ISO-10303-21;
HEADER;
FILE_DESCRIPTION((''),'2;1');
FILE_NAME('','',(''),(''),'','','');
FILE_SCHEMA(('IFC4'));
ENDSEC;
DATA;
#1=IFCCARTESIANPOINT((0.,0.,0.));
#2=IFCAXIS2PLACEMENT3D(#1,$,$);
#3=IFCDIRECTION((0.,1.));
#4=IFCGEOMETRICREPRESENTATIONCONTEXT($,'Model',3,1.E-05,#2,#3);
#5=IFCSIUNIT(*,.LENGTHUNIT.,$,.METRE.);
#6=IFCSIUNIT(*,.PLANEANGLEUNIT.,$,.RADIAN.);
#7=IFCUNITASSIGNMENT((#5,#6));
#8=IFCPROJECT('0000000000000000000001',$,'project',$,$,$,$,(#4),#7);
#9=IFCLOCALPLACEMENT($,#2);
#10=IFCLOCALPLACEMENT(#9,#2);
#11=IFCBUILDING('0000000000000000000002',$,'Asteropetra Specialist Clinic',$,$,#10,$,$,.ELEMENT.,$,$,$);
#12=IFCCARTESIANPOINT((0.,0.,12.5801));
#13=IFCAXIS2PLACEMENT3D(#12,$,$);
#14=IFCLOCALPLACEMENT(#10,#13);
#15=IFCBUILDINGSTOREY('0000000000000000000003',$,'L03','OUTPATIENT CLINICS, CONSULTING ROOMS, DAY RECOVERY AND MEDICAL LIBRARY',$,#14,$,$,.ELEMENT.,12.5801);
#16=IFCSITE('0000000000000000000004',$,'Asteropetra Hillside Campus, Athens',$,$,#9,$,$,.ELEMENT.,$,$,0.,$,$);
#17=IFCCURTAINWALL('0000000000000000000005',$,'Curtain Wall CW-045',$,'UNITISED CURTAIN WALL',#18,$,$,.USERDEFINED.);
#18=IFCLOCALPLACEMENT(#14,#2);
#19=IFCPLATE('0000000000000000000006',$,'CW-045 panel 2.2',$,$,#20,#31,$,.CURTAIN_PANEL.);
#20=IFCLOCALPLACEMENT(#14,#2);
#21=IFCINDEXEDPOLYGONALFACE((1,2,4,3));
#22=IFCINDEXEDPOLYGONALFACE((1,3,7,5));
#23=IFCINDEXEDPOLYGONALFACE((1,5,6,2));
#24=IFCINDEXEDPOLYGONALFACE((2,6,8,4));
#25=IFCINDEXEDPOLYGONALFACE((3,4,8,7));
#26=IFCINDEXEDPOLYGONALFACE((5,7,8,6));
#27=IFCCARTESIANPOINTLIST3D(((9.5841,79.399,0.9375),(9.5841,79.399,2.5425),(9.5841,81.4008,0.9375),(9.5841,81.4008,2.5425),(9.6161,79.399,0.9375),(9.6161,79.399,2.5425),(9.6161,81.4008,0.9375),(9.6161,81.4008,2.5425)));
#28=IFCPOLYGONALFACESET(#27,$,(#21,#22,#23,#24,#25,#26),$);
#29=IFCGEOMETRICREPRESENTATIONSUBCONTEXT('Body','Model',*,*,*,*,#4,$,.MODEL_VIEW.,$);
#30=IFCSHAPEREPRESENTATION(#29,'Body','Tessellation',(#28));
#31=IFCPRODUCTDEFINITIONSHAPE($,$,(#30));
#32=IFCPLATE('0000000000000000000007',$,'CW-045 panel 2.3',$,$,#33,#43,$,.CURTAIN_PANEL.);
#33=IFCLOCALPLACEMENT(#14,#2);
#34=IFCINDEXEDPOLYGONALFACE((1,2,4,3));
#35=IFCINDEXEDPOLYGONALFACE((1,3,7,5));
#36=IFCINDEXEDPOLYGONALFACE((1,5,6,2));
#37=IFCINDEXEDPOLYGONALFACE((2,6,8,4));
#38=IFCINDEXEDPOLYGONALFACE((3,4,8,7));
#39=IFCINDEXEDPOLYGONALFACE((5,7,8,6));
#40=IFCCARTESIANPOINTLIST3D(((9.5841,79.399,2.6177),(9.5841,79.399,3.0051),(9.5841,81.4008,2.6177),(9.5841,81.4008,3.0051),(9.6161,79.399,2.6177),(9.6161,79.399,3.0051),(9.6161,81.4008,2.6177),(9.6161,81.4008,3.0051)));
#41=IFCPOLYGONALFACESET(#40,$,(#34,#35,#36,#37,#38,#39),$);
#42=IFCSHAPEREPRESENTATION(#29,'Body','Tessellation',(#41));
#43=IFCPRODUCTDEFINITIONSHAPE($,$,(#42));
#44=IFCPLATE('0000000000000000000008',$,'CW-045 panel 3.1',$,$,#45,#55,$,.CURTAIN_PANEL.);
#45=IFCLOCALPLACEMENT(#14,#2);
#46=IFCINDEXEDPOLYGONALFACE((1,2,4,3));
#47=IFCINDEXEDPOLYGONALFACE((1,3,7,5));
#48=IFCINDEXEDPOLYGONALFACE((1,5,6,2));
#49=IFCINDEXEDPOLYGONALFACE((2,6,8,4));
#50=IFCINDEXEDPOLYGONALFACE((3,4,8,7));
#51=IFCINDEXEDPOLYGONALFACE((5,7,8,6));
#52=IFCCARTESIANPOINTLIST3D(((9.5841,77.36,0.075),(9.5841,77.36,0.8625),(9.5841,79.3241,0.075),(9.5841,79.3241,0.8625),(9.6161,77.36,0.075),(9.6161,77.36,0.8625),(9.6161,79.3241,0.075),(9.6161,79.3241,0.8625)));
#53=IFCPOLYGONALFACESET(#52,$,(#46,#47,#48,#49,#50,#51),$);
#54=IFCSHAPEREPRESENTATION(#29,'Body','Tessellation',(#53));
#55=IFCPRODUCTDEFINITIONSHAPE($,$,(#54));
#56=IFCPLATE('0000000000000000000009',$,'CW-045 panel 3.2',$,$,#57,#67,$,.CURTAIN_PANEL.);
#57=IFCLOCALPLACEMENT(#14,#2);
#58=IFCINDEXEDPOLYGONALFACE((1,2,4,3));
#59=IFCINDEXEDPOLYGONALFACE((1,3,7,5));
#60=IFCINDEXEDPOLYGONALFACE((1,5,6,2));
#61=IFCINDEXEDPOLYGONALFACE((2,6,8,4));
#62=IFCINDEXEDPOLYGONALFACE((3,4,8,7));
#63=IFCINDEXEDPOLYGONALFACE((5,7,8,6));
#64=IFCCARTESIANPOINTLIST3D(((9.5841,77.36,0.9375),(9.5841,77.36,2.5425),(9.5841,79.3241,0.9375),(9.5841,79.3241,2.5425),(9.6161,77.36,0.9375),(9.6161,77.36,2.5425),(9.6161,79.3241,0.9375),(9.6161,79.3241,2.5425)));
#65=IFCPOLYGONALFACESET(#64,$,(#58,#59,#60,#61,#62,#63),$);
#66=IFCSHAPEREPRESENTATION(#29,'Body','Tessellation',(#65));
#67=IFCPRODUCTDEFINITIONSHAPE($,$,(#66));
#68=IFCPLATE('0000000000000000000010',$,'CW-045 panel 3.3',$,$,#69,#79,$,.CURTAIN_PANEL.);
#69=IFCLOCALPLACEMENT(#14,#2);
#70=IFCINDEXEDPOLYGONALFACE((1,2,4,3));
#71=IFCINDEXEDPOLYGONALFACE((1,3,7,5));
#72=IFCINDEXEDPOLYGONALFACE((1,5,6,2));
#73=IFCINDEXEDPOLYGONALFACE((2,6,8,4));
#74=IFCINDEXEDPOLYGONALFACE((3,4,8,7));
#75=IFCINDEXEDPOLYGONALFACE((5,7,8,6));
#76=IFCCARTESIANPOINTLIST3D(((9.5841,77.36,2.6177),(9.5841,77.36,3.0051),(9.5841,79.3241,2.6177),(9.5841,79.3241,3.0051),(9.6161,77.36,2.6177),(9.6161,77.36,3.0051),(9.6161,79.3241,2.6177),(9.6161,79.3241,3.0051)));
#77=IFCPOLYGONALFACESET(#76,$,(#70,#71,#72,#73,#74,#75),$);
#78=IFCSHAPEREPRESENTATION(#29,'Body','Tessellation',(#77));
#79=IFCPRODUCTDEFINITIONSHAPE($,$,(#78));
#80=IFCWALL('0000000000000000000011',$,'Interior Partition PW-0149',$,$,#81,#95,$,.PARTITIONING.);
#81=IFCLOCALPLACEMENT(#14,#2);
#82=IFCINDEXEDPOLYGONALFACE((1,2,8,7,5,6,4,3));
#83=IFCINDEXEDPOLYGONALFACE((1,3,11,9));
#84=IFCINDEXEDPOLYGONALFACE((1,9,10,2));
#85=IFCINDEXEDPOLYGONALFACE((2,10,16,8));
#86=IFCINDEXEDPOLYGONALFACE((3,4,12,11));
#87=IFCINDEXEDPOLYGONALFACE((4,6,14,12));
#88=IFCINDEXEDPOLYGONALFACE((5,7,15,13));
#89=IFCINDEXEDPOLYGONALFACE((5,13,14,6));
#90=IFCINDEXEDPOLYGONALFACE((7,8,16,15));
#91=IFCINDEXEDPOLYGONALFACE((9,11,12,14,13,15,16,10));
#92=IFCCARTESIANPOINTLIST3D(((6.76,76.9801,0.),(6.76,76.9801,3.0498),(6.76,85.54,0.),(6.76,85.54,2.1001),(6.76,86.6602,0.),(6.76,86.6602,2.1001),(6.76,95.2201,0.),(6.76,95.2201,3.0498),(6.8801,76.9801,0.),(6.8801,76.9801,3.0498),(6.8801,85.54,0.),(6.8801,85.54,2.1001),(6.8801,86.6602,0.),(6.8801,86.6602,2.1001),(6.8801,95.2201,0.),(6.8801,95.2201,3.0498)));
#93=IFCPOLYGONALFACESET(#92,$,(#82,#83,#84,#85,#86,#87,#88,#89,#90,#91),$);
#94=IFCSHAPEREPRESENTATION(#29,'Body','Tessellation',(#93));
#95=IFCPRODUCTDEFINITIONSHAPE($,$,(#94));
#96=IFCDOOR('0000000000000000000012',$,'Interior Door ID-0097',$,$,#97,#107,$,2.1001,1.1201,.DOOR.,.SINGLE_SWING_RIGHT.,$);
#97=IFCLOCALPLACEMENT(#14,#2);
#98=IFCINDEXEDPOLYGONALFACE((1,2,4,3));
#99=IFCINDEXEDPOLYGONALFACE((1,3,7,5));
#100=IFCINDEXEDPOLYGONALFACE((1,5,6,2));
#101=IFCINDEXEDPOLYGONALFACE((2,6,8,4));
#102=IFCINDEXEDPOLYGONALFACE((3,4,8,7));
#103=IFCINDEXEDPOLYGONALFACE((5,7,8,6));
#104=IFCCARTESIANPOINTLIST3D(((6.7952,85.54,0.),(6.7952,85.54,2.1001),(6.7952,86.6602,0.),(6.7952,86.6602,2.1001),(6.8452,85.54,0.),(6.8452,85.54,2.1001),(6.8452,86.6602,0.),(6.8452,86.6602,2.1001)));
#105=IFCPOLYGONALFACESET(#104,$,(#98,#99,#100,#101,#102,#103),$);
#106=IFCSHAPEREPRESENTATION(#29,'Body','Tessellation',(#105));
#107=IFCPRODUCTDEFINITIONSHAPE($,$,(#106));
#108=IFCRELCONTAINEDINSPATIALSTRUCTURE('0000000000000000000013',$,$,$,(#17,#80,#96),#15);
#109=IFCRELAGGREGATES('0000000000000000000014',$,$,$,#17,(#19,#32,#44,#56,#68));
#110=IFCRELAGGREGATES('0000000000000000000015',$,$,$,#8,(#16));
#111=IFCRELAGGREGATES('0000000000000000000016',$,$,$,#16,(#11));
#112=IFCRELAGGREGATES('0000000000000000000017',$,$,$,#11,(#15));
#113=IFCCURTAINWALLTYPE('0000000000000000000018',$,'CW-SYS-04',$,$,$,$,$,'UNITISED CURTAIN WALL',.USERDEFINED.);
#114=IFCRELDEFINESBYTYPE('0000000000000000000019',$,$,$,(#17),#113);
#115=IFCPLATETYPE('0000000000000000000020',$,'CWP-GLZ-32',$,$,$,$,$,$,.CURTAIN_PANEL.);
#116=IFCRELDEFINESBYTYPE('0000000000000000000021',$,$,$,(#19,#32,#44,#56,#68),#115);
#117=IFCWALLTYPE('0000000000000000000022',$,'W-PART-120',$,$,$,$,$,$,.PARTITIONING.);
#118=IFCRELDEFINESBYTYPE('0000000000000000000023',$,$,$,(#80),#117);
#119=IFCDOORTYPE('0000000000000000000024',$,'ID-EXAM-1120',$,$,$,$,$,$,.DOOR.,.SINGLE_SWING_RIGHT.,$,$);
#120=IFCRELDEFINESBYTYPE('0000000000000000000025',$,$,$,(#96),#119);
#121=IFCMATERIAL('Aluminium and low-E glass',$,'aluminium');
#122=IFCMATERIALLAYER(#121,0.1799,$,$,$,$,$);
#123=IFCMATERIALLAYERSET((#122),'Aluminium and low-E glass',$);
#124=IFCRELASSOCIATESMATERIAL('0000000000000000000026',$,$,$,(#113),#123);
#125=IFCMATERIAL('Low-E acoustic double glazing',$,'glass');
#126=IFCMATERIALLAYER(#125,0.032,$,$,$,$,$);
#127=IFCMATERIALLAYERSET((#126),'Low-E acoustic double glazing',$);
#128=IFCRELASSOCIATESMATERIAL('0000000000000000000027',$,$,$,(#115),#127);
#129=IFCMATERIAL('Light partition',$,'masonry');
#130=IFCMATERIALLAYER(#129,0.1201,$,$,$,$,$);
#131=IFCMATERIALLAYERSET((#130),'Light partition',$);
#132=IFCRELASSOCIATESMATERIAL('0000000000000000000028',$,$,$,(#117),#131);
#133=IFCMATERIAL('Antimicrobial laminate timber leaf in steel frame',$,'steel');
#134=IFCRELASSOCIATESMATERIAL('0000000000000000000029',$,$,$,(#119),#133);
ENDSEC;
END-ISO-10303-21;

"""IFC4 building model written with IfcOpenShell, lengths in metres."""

from ifc_helpers import new_model, si_unit, direction, frame, frame_2d, origin, origin_2d, place, context, subcontext, project, spatial, rectangle, extrude, material, layer, layer_set, type_object, element, fill, aggregate, save


model = new_model("IFC4")

# Units and contexts
model_context = context("Model", 3, precision=1e-05, world=origin(), true_north=direction((0.0, 1.0)))
body_context = subcontext(model_context, "Body", "Model", "MODEL_VIEW")
ifc_project = project(units=[si_unit("LENGTHUNIT", "METRE"), si_unit("PLANEANGLEUNIT", "RADIAN")], contexts=[model_context])

# Site, building, storey
site_placement = place(None, origin())
site = spatial("IfcSite", under=ifc_project, at=site_placement, Name="Asteropetra Hillside Campus, Athens", CompositionType="ELEMENT", RefElevation=0.0)
building_placement = place(site_placement, origin())
building = spatial("IfcBuilding", under=site, at=building_placement, Name="Asteropetra Specialist Clinic", CompositionType="ELEMENT")
storey_placement = place(building_placement, frame((0.0, 0.0, 12.5801)))
storey = spatial("IfcBuildingStorey", under=building, at=storey_placement, Name="L03", Description="OUTPATIENT CLINICS, CONSULTING ROOMS, DAY RECOVERY AND MEDICAL LIBRARY", CompositionType="ELEMENT", Elevation=12.5801)

# Curtain wall, plates
ifc_material_1 = material(Name="Aluminium and low-E glass", Category="aluminium")
ifc_layer_1 = layer(ifc_material_1, 0.1799)
ifc_layer_set_1 = layer_set([ifc_layer_1], Name="Aluminium and low-E glass")
curtain_wall_type = type_object("IfcCurtainWallType", Name="CW-SYS-04", ElementType="UNITISED CURTAIN WALL", PredefinedType="USERDEFINED", material=ifc_layer_set_1)
curtain_wall_placement = place(storey_placement, origin())
curtain_wall = element("IfcCurtainWall", 1, at=curtain_wall_placement, inside=storey, type_object=curtain_wall_type, Name="Curtain Wall CW-045", ObjectType="UNITISED CURTAIN WALL", PredefinedType="USERDEFINED")
ifc_material_2 = material(Name="Low-E acoustic double glazing", Category="glass")
ifc_layer_2 = layer(ifc_material_2, 0.032)
ifc_layer_set_2 = layer_set([ifc_layer_2], Name="Low-E acoustic double glazing")
plate_type = type_object("IfcPlateType", Name="CWP-GLZ-32", PredefinedType="CURTAIN_PANEL", material=ifc_layer_set_2)
plate_1_placement = place(storey_placement, frame((9.6001, 80.3999, 0.9375), z_axis=(0.0, 0.0, 1.0), x_axis=(0.0, -1.0, 0.0)))
plate_1 = element("IfcPlate", 2, at=plate_1_placement, type_object=plate_type, Name="CW-045 panel 2.2", PredefinedType="CURTAIN_PANEL", context=body_context, shape_type="SweptSolid", body=[
    extrude(rectangle(XDim=2.0017, YDim=0.032, at=origin_2d()), origin(), (0.0, 0.0, 1.0), 1.605),
])
plate_2_placement = place(storey_placement, frame((9.6001, 80.3999, 2.6177), z_axis=(0.0, 0.0, 1.0), x_axis=(0.0, -1.0, 0.0)))
plate_2 = element("IfcPlate", 3, at=plate_2_placement, type_object=plate_type, Name="CW-045 panel 2.3", PredefinedType="CURTAIN_PANEL", context=body_context, shape_type="SweptSolid", body=[
    extrude(rectangle(XDim=2.0017, YDim=0.032, at=origin_2d()), origin(), (0.0, 0.0, 1.0), 0.3875),
])
plate_3_placement = place(storey_placement, frame((9.6001, 78.342, 0.075), z_axis=(0.0, 0.0, 1.0), x_axis=(0.0, -1.0, 0.0)))
plate_3 = element("IfcPlate", 4, at=plate_3_placement, type_object=plate_type, Name="CW-045 panel 3.1", PredefinedType="CURTAIN_PANEL", context=body_context, shape_type="SweptSolid", body=[
    extrude(rectangle(XDim=1.9641, YDim=0.032, at=origin_2d()), origin(), (0.0, 0.0, 1.0), 0.7876),
])
plate_4_placement = place(storey_placement, frame((9.6001, 78.342, 0.9375), z_axis=(0.0, 0.0, 1.0), x_axis=(0.0, -1.0, 0.0)))
plate_4 = element("IfcPlate", 5, at=plate_4_placement, type_object=plate_type, Name="CW-045 panel 3.2", PredefinedType="CURTAIN_PANEL", context=body_context, shape_type="SweptSolid", body=[
    extrude(rectangle(XDim=1.9641, YDim=0.032, at=origin_2d()), origin(), (0.0, 0.0, 1.0), 1.605),
])
plate_5_placement = place(storey_placement, frame((9.6001, 78.342, 2.6177), z_axis=(0.0, 0.0, 1.0), x_axis=(0.0, -1.0, 0.0)))
plate_5 = element("IfcPlate", 6, at=plate_5_placement, type_object=plate_type, Name="CW-045 panel 3.3", PredefinedType="CURTAIN_PANEL", context=body_context, shape_type="SweptSolid", body=[
    extrude(rectangle(XDim=1.9641, YDim=0.032, at=origin_2d()), origin(), (0.0, 0.0, 1.0), 0.3875),
])
aggregate(curtain_wall, [plate_1, plate_2, plate_3, plate_4, plate_5])

# Wall, opening, door
ifc_material_3 = material(Name="Light partition", Category="masonry")
ifc_layer_3 = layer(ifc_material_3, 0.1201)
ifc_layer_set_3 = layer_set([ifc_layer_3], Name="Light partition")
wall_type = type_object("IfcWallType", Name="W-PART-120", PredefinedType="PARTITIONING", material=ifc_layer_set_3)
wall_placement = place(storey_placement, frame((6.8201, 76.98, 0.0), z_axis=(0.0, 0.0, 1.0), x_axis=(0.0, 1.0, 0.0)))
wall = element("IfcWall", 7, at=wall_placement, inside=storey, type_object=wall_type, Name="Interior Partition PW-0149", PredefinedType="PARTITIONING", context=body_context, shape_type="SweptSolid", body=[
    extrude(rectangle(XDim=18.24, YDim=0.1201, at=frame_2d((9.1201, 0.0))), origin(), (0.0, 0.0, 1.0), 3.0498),
])
opening_placement = place(wall_placement, frame((8.5601, 0.0, 0.0)))
opening = element("IfcOpeningElement", 8, at=opening_placement, cuts=wall, PredefinedType="OPENING", context=body_context, shape_type="SweptSolid", body=[
    extrude(rectangle(XDim=1.1201, YDim=2.1001, at=frame_2d((0.5601, 1.05))), frame((0.0, 0.0701, 0.0), z_axis=(0.0, -1.0, 0.0), x_axis=(1.0, 0.0, 0.0)), (0.0, 0.0, 1.0), 0.1401),
])
ifc_material_4 = material(Name="Antimicrobial laminate timber leaf in steel frame", Category="steel")
door_type = type_object("IfcDoorType", Name="ID-EXAM-1120", OperationType="SINGLE_SWING_RIGHT", PredefinedType="DOOR", material=ifc_material_4)
door_placement = place(opening_placement, origin())
door = element("IfcDoor", 9, at=door_placement, inside=storey, type_object=door_type, Name="Interior Door ID-0097", OperationType="SINGLE_SWING_RIGHT", OverallHeight=2.1001, OverallWidth=1.1201, PredefinedType="DOOR", context=body_context, shape_type="SweptSolid", body=[
    extrude(rectangle(XDim=1.1201, YDim=2.1001, at=frame_2d((0.5601, 1.05))), frame((0.0, 0.0249, 0.0), z_axis=(0.0, -1.0, 0.0), x_axis=(1.0, 0.0, 0.0)), (0.0, 0.0, 1.0), 0.05),
])
fill(opening, door)

save(model, "model.ifc")
